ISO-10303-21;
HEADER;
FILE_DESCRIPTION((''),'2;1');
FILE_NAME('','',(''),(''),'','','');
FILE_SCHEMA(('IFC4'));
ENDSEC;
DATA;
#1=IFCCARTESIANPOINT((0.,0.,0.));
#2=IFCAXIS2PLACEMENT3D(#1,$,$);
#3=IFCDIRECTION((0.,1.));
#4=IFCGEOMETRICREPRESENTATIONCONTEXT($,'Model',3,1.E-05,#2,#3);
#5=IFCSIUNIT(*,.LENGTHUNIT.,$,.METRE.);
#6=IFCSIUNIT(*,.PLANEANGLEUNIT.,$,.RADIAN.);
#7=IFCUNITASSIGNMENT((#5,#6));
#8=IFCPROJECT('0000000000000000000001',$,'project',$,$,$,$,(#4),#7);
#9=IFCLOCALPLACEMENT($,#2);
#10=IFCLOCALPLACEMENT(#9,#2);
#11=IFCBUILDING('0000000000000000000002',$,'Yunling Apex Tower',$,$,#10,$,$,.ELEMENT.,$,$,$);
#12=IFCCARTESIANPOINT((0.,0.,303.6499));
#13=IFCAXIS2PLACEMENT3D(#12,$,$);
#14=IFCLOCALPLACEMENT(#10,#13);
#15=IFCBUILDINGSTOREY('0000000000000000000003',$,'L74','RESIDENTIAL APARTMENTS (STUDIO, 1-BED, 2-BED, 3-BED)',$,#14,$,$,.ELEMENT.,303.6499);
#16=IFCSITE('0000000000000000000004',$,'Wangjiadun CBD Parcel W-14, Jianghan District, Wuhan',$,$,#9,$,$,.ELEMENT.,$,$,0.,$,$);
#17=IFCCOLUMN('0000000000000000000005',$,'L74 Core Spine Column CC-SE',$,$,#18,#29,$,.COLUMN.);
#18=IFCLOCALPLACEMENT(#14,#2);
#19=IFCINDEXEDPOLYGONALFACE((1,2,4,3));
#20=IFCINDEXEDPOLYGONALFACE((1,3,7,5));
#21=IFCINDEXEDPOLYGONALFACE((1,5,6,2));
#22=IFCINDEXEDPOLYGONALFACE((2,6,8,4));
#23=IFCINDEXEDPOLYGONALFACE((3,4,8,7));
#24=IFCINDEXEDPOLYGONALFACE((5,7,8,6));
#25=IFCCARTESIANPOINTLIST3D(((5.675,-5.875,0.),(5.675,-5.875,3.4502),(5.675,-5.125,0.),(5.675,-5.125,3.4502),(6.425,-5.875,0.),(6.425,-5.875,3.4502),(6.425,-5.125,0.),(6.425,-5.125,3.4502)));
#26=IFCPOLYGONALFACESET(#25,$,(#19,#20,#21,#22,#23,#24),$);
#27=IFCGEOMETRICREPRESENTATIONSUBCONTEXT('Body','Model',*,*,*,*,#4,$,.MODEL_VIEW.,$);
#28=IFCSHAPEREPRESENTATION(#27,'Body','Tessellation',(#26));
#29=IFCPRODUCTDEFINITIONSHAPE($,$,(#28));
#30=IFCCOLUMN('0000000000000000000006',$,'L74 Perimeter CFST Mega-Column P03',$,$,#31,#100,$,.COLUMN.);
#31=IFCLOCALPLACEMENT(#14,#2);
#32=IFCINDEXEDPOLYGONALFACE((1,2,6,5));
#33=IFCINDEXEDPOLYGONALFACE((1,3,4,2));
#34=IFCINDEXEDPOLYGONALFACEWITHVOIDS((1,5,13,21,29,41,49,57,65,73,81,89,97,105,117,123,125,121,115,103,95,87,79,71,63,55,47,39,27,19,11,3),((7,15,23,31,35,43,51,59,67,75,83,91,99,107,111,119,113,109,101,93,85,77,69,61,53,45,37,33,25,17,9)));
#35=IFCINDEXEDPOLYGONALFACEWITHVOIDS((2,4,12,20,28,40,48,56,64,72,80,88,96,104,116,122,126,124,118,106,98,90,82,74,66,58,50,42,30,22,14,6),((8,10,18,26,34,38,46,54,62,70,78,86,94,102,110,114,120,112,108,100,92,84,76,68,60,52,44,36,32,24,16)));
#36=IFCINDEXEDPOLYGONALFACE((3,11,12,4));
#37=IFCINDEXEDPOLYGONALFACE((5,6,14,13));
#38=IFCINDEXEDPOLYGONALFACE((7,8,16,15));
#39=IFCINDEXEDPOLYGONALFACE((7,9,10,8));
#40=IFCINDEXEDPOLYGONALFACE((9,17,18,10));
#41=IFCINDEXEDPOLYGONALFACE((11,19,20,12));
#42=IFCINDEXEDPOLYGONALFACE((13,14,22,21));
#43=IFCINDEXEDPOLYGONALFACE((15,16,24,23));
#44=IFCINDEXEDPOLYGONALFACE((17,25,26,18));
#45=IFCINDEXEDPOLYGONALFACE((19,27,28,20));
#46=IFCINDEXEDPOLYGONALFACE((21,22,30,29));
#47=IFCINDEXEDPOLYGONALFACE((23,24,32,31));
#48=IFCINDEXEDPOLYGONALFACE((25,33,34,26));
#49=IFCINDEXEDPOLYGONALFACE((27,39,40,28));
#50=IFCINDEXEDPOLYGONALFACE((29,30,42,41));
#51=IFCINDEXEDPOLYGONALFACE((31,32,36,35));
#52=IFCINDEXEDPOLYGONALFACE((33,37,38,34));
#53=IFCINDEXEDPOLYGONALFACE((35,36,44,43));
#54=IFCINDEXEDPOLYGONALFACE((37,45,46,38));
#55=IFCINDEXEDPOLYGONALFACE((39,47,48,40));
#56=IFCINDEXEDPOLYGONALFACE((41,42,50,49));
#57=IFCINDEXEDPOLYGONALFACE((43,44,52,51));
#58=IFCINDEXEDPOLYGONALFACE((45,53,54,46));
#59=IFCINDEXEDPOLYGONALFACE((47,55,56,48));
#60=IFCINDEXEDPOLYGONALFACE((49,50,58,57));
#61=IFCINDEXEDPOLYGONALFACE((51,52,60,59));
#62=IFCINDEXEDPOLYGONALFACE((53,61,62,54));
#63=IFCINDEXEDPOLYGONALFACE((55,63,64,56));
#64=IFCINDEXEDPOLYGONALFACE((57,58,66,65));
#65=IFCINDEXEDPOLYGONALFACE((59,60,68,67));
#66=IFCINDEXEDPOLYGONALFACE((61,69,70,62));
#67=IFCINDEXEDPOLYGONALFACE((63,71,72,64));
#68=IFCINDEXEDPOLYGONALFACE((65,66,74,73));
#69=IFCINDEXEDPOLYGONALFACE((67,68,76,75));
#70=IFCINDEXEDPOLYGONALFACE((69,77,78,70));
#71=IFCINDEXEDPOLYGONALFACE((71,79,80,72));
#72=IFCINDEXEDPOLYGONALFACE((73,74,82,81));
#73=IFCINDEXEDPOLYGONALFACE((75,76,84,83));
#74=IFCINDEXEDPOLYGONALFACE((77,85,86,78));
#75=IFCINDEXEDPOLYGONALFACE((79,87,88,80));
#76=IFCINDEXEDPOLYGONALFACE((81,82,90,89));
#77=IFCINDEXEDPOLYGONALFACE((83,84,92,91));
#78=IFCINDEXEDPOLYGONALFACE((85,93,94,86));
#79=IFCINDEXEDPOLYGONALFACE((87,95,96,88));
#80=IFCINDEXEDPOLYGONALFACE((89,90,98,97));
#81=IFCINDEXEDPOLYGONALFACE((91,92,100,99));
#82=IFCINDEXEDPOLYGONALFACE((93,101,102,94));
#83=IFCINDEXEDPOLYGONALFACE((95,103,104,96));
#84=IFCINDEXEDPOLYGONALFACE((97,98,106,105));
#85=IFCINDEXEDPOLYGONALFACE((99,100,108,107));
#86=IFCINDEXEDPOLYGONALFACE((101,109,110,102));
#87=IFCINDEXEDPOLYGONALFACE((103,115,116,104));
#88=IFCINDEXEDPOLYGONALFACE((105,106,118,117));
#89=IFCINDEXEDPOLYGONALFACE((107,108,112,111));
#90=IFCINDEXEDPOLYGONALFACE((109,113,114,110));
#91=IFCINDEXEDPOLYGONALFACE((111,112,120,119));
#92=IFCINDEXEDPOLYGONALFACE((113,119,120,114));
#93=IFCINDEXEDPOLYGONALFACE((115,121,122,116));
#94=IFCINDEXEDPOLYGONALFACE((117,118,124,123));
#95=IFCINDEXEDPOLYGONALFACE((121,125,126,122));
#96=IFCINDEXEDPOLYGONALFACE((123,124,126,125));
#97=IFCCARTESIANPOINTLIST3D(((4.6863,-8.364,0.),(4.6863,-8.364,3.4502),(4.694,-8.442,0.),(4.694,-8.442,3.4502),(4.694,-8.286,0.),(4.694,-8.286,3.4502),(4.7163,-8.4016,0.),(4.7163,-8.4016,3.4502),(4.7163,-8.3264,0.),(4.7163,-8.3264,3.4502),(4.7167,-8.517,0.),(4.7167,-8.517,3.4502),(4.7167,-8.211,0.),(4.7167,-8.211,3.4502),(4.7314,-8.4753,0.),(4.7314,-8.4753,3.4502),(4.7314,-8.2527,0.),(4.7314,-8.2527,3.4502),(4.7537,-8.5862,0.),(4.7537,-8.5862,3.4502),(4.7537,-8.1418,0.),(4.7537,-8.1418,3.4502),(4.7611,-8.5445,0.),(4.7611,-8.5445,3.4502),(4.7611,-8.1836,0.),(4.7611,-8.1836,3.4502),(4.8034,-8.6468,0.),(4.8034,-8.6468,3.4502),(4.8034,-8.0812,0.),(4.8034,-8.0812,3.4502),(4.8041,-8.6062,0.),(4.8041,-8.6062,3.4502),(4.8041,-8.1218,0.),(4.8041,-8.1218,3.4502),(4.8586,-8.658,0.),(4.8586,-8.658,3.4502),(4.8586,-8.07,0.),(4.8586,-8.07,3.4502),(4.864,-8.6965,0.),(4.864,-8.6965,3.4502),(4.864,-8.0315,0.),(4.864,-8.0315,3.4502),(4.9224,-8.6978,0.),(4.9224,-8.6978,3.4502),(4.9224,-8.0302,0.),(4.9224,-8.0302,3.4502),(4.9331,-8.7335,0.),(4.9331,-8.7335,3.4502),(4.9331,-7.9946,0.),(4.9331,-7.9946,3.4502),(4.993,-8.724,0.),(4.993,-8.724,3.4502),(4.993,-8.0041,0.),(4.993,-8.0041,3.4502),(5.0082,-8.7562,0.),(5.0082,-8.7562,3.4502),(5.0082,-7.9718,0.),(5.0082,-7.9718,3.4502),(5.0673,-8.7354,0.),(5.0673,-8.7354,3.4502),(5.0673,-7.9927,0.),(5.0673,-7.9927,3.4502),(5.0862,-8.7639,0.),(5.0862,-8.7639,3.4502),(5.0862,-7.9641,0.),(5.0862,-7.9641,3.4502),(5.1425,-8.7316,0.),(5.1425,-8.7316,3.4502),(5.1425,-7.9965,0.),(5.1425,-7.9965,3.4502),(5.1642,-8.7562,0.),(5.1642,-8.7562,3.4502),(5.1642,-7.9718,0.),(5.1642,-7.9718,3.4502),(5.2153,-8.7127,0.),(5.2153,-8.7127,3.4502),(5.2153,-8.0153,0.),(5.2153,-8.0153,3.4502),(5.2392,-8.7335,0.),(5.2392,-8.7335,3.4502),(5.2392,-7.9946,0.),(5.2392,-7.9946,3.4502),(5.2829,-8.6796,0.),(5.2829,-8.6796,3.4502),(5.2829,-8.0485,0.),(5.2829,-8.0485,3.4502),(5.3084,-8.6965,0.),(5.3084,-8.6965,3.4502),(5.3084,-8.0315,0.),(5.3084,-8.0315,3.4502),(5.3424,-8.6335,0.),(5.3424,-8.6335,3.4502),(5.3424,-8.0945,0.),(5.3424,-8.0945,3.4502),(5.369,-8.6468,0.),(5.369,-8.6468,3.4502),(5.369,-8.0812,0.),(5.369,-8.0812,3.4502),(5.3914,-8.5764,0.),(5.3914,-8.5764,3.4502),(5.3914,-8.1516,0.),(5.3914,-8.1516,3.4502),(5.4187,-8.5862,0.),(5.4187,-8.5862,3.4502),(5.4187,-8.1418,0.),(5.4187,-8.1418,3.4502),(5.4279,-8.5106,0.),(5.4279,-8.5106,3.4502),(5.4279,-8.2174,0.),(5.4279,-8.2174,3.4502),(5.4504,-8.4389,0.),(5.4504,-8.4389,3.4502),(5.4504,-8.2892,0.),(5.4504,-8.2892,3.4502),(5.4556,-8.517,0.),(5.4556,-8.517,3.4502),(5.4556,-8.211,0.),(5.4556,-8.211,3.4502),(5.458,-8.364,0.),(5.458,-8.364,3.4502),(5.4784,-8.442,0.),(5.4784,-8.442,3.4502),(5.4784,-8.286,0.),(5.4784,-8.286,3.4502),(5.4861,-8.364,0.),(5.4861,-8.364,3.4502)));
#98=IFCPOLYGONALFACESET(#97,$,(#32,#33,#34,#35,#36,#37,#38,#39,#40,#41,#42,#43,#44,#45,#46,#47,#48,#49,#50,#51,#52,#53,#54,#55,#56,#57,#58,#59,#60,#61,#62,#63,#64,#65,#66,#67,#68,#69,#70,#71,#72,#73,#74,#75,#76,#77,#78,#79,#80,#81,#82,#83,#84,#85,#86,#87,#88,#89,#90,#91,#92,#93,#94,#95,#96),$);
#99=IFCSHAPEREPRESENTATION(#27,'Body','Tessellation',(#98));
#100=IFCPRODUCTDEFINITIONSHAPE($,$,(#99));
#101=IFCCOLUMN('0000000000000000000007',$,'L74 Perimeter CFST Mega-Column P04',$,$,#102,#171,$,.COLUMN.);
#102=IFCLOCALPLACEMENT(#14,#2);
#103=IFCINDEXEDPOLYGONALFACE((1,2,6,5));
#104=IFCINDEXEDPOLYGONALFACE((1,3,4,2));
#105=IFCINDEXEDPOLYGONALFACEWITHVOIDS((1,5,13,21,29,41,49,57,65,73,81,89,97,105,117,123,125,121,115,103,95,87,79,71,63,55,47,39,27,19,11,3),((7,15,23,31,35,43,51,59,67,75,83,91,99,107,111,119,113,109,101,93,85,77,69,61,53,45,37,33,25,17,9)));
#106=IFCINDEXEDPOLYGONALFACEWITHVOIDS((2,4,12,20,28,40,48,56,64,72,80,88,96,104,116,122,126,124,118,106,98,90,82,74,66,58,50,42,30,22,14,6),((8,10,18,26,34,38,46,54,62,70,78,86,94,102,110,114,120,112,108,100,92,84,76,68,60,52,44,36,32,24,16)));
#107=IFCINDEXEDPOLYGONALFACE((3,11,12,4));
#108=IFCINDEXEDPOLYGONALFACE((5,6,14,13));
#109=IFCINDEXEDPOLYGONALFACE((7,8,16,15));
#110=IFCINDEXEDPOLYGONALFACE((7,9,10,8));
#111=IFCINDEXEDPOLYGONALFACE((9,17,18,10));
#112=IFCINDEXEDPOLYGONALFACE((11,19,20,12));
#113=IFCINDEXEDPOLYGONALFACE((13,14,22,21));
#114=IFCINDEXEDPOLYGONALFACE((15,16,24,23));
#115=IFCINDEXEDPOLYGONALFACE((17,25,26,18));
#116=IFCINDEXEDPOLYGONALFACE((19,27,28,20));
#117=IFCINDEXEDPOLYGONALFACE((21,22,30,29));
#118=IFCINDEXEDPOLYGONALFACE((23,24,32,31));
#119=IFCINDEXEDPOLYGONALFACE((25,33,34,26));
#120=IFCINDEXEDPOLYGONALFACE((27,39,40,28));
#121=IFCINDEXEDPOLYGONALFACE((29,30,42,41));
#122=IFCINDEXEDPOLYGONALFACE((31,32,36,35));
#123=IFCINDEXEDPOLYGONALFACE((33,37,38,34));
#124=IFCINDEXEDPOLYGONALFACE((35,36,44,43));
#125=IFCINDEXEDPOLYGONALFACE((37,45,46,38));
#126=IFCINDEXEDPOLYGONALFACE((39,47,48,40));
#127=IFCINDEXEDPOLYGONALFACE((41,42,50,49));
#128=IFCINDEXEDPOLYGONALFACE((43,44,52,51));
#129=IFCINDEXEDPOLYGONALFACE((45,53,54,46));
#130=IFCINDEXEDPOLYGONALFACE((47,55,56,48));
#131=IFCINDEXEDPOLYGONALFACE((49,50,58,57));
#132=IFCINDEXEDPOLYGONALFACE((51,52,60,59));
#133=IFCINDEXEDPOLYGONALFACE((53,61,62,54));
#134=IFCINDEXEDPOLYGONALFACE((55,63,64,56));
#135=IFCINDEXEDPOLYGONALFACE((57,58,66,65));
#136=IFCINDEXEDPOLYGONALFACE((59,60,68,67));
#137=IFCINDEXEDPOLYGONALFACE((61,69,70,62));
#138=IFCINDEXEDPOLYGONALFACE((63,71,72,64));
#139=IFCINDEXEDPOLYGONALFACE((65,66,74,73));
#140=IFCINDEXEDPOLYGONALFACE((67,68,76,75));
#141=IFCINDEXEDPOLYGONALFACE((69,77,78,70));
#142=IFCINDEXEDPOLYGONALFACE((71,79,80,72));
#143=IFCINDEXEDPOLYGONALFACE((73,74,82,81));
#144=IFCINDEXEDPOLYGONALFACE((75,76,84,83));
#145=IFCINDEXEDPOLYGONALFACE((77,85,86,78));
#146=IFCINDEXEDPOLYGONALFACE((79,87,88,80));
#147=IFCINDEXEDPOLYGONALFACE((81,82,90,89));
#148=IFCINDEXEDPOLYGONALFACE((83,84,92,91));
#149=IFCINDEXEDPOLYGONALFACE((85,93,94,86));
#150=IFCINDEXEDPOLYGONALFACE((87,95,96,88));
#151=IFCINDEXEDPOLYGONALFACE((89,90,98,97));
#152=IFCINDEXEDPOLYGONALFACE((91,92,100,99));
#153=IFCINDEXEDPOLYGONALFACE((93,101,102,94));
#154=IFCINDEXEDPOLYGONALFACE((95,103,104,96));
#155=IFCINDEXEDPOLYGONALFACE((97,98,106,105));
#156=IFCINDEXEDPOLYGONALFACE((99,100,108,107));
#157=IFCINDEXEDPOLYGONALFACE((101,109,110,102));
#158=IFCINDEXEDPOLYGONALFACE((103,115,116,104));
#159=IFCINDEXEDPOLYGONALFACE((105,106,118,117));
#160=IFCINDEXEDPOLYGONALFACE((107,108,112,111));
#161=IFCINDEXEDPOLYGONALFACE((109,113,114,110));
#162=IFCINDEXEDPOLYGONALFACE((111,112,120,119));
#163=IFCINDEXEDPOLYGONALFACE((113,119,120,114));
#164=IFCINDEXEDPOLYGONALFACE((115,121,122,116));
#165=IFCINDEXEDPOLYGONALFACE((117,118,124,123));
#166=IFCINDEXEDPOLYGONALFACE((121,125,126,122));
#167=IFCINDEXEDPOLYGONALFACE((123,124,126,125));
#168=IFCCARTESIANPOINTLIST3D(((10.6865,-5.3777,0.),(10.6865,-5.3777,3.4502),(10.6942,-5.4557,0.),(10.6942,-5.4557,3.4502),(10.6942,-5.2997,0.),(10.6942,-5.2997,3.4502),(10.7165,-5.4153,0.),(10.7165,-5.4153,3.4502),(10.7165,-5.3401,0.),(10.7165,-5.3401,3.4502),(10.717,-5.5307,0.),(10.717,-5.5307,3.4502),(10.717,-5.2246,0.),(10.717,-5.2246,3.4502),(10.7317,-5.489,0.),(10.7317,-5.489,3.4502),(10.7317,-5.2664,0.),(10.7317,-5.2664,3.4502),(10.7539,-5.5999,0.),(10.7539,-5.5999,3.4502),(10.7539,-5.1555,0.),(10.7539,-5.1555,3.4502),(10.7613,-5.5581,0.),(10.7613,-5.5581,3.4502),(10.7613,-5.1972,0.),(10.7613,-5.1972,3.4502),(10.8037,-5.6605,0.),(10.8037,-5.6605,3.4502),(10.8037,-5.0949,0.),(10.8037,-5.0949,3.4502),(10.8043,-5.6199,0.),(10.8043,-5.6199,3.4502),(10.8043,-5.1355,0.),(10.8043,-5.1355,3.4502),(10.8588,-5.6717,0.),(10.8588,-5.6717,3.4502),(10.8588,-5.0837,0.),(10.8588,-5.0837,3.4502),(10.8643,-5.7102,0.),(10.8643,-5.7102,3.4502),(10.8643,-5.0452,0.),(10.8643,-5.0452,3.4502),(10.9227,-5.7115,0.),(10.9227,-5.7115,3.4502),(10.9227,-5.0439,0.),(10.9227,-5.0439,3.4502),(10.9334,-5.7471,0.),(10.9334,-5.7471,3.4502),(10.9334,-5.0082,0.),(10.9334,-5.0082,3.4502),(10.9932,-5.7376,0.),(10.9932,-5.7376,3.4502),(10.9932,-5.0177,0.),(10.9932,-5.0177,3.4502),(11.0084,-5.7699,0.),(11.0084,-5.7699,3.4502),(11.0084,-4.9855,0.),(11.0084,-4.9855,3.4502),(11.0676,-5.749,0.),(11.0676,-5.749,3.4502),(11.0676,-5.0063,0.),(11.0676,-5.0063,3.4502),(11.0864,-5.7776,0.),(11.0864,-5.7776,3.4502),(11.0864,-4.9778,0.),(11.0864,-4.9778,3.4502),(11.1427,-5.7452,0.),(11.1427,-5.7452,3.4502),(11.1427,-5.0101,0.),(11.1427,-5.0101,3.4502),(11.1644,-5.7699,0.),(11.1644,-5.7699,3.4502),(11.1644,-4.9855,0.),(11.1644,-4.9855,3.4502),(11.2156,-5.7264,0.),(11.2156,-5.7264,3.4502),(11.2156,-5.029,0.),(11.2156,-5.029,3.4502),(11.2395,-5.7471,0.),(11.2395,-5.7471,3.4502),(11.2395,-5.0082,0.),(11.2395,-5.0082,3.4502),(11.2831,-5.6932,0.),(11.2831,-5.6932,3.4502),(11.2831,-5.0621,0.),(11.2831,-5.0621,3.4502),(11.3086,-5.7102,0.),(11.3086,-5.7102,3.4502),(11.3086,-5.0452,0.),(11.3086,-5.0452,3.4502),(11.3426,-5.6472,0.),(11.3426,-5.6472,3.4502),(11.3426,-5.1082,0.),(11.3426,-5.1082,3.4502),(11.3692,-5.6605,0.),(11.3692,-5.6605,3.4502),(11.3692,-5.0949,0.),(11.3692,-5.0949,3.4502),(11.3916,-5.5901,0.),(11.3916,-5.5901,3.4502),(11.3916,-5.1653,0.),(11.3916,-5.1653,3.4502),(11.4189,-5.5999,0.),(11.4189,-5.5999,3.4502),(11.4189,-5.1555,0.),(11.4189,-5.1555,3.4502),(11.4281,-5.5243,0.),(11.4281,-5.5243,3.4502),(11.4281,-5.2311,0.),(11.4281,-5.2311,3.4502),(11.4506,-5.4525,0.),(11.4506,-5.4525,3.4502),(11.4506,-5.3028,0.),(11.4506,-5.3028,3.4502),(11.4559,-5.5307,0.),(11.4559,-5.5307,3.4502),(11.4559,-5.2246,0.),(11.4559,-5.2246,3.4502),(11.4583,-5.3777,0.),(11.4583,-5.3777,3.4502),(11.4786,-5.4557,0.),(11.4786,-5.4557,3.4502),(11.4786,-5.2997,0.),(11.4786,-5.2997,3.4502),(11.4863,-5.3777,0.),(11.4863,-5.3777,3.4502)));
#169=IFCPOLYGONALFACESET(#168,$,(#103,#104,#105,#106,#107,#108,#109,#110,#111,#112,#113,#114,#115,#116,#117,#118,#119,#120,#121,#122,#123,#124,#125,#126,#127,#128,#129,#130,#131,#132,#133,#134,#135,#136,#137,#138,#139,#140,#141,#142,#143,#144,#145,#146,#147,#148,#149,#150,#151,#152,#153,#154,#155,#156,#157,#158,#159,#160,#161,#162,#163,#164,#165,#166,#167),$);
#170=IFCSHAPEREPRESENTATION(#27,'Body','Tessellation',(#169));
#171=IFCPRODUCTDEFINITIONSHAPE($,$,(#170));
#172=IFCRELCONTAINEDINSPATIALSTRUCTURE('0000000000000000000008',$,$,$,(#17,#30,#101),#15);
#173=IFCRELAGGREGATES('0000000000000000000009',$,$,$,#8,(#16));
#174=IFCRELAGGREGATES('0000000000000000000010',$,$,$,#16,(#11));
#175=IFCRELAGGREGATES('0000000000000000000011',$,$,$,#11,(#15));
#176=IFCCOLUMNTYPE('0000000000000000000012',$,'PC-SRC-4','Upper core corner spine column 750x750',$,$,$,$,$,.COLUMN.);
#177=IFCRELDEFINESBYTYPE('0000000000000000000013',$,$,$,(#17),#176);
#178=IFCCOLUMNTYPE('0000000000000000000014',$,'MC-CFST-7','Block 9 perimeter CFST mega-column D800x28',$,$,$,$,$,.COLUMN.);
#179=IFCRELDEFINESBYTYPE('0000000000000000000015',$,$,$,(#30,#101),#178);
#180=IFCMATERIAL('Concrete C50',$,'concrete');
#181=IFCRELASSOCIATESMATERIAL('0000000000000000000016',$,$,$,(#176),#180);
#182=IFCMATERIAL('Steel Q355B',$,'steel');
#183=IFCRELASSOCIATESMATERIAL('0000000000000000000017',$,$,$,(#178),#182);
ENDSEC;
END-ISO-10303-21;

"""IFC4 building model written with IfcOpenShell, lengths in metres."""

from ifc_helpers import new_model, si_unit, direction, frame, origin, origin_2d, place, context, subcontext, project, spatial, rectangle, hollow_circle, extrude, source, transform, mapped, material, material_profile, profile_set, type_object, element, save


model = new_model("IFC4")

# Units and contexts
model_context = context("Model", 3, precision=1e-05, world=origin(), true_north=direction((0.0, 1.0)))
body_context = subcontext(model_context, "Body", "Model", "MODEL_VIEW")
ifc_project = project(units=[si_unit("LENGTHUNIT", "METRE"), si_unit("PLANEANGLEUNIT", "RADIAN")], contexts=[model_context])

# Site, building, storey
site_placement = place(None, origin())
site = spatial("IfcSite", under=ifc_project, at=site_placement, Name="Wangjiadun CBD Parcel W-14, Jianghan District, Wuhan", CompositionType="ELEMENT", RefElevation=0.0)
building_placement = place(site_placement, origin())
building = spatial("IfcBuilding", under=site, at=building_placement, Name="Yunling Apex Tower", CompositionType="ELEMENT")
storey_placement = place(building_placement, frame((0.0, 0.0, 303.6499)))
storey = spatial("IfcBuildingStorey", under=building, at=storey_placement, Name="L74", Description="RESIDENTIAL APARTMENTS (STUDIO, 1-BED, 2-BED, 3-BED)", CompositionType="ELEMENT", Elevation=303.6499)

# Columns
ifc_material_1 = material(Name="Concrete C50", Category="concrete")
ifc_material_profile_1 = material_profile(ifc_material_1, rectangle(XDim=0.75, YDim=0.75, at=origin_2d()))
ifc_profile_set_1 = profile_set([ifc_material_profile_1], Name="Concrete C50")
column_type_1 = type_object("IfcColumnType", Name="PC-SRC-4", Description="Upper core corner spine column 750x750", PredefinedType="COLUMN", material=ifc_profile_set_1)
shared_shape_1 = source(origin(), body_context, "Body", "SweptSolid", [
    extrude(rectangle(XDim=0.75, YDim=0.75, at=origin_2d()), origin(), (0.0, 0.0, 1.0), 3.4502),
])
column_placement = place(storey_placement, frame((6.05, -5.5, 0.0), z_axis=(0.0, 0.0, 1.0), x_axis=(1.0, 0.0, 0.0)))
element("IfcColumn", 1, at=column_placement, inside=storey, type_object=column_type_1, Name="L74 Core Spine Column CC-SE", PredefinedType="COLUMN", context=body_context, shape_type="MappedRepresentation", body=[
    mapped(shared_shape_1, transform((0.0, 0.0, 0.0), scale=1.0)),
])
ifc_material_2 = material(Name="Steel Q355B", Category="steel")
ifc_material_profile_2 = material_profile(ifc_material_2, hollow_circle(Radius=0.3999, WallThickness=0.0281, at=origin_2d()))
ifc_profile_set_2 = profile_set([ifc_material_profile_2], Name="Steel Q355B")
column_type_2 = type_object("IfcColumnType", Name="MC-CFST-7", Description="Block 9 perimeter CFST mega-column D800x28", PredefinedType="COLUMN", material=ifc_profile_set_2)
shared_shape_2 = source(origin(), body_context, "Body", "SweptSolid", [
    extrude(hollow_circle(Radius=0.3999, WallThickness=0.0281, at=origin_2d()), origin(), (0.0, 0.0, 1.0), 3.4502),
])
for number, where, z_axis, x_axis, name in (
    (2, (5.0862, -8.364, 0.0), (0.0, 0.0, 1.0), (1.0, 0.0, 0.0), "L74 Perimeter CFST Mega-Column P03"),
    (3, (11.0864, -5.3777, 0.0), (0.0, 0.0, 1.0), (1.0, 0.0, 0.0), "L74 Perimeter CFST Mega-Column P04"),
):
    element("IfcColumn", number, at=place(storey_placement, frame(where, z_axis=z_axis, x_axis=x_axis)), inside=storey, type_object=column_type_2, Name=name, PredefinedType="COLUMN", context=body_context, shape_type="MappedRepresentation", body=[
        mapped(shared_shape_2, transform((0.0, 0.0, 0.0), scale=1.0)),
    ])

save(model, "model.ifc")
